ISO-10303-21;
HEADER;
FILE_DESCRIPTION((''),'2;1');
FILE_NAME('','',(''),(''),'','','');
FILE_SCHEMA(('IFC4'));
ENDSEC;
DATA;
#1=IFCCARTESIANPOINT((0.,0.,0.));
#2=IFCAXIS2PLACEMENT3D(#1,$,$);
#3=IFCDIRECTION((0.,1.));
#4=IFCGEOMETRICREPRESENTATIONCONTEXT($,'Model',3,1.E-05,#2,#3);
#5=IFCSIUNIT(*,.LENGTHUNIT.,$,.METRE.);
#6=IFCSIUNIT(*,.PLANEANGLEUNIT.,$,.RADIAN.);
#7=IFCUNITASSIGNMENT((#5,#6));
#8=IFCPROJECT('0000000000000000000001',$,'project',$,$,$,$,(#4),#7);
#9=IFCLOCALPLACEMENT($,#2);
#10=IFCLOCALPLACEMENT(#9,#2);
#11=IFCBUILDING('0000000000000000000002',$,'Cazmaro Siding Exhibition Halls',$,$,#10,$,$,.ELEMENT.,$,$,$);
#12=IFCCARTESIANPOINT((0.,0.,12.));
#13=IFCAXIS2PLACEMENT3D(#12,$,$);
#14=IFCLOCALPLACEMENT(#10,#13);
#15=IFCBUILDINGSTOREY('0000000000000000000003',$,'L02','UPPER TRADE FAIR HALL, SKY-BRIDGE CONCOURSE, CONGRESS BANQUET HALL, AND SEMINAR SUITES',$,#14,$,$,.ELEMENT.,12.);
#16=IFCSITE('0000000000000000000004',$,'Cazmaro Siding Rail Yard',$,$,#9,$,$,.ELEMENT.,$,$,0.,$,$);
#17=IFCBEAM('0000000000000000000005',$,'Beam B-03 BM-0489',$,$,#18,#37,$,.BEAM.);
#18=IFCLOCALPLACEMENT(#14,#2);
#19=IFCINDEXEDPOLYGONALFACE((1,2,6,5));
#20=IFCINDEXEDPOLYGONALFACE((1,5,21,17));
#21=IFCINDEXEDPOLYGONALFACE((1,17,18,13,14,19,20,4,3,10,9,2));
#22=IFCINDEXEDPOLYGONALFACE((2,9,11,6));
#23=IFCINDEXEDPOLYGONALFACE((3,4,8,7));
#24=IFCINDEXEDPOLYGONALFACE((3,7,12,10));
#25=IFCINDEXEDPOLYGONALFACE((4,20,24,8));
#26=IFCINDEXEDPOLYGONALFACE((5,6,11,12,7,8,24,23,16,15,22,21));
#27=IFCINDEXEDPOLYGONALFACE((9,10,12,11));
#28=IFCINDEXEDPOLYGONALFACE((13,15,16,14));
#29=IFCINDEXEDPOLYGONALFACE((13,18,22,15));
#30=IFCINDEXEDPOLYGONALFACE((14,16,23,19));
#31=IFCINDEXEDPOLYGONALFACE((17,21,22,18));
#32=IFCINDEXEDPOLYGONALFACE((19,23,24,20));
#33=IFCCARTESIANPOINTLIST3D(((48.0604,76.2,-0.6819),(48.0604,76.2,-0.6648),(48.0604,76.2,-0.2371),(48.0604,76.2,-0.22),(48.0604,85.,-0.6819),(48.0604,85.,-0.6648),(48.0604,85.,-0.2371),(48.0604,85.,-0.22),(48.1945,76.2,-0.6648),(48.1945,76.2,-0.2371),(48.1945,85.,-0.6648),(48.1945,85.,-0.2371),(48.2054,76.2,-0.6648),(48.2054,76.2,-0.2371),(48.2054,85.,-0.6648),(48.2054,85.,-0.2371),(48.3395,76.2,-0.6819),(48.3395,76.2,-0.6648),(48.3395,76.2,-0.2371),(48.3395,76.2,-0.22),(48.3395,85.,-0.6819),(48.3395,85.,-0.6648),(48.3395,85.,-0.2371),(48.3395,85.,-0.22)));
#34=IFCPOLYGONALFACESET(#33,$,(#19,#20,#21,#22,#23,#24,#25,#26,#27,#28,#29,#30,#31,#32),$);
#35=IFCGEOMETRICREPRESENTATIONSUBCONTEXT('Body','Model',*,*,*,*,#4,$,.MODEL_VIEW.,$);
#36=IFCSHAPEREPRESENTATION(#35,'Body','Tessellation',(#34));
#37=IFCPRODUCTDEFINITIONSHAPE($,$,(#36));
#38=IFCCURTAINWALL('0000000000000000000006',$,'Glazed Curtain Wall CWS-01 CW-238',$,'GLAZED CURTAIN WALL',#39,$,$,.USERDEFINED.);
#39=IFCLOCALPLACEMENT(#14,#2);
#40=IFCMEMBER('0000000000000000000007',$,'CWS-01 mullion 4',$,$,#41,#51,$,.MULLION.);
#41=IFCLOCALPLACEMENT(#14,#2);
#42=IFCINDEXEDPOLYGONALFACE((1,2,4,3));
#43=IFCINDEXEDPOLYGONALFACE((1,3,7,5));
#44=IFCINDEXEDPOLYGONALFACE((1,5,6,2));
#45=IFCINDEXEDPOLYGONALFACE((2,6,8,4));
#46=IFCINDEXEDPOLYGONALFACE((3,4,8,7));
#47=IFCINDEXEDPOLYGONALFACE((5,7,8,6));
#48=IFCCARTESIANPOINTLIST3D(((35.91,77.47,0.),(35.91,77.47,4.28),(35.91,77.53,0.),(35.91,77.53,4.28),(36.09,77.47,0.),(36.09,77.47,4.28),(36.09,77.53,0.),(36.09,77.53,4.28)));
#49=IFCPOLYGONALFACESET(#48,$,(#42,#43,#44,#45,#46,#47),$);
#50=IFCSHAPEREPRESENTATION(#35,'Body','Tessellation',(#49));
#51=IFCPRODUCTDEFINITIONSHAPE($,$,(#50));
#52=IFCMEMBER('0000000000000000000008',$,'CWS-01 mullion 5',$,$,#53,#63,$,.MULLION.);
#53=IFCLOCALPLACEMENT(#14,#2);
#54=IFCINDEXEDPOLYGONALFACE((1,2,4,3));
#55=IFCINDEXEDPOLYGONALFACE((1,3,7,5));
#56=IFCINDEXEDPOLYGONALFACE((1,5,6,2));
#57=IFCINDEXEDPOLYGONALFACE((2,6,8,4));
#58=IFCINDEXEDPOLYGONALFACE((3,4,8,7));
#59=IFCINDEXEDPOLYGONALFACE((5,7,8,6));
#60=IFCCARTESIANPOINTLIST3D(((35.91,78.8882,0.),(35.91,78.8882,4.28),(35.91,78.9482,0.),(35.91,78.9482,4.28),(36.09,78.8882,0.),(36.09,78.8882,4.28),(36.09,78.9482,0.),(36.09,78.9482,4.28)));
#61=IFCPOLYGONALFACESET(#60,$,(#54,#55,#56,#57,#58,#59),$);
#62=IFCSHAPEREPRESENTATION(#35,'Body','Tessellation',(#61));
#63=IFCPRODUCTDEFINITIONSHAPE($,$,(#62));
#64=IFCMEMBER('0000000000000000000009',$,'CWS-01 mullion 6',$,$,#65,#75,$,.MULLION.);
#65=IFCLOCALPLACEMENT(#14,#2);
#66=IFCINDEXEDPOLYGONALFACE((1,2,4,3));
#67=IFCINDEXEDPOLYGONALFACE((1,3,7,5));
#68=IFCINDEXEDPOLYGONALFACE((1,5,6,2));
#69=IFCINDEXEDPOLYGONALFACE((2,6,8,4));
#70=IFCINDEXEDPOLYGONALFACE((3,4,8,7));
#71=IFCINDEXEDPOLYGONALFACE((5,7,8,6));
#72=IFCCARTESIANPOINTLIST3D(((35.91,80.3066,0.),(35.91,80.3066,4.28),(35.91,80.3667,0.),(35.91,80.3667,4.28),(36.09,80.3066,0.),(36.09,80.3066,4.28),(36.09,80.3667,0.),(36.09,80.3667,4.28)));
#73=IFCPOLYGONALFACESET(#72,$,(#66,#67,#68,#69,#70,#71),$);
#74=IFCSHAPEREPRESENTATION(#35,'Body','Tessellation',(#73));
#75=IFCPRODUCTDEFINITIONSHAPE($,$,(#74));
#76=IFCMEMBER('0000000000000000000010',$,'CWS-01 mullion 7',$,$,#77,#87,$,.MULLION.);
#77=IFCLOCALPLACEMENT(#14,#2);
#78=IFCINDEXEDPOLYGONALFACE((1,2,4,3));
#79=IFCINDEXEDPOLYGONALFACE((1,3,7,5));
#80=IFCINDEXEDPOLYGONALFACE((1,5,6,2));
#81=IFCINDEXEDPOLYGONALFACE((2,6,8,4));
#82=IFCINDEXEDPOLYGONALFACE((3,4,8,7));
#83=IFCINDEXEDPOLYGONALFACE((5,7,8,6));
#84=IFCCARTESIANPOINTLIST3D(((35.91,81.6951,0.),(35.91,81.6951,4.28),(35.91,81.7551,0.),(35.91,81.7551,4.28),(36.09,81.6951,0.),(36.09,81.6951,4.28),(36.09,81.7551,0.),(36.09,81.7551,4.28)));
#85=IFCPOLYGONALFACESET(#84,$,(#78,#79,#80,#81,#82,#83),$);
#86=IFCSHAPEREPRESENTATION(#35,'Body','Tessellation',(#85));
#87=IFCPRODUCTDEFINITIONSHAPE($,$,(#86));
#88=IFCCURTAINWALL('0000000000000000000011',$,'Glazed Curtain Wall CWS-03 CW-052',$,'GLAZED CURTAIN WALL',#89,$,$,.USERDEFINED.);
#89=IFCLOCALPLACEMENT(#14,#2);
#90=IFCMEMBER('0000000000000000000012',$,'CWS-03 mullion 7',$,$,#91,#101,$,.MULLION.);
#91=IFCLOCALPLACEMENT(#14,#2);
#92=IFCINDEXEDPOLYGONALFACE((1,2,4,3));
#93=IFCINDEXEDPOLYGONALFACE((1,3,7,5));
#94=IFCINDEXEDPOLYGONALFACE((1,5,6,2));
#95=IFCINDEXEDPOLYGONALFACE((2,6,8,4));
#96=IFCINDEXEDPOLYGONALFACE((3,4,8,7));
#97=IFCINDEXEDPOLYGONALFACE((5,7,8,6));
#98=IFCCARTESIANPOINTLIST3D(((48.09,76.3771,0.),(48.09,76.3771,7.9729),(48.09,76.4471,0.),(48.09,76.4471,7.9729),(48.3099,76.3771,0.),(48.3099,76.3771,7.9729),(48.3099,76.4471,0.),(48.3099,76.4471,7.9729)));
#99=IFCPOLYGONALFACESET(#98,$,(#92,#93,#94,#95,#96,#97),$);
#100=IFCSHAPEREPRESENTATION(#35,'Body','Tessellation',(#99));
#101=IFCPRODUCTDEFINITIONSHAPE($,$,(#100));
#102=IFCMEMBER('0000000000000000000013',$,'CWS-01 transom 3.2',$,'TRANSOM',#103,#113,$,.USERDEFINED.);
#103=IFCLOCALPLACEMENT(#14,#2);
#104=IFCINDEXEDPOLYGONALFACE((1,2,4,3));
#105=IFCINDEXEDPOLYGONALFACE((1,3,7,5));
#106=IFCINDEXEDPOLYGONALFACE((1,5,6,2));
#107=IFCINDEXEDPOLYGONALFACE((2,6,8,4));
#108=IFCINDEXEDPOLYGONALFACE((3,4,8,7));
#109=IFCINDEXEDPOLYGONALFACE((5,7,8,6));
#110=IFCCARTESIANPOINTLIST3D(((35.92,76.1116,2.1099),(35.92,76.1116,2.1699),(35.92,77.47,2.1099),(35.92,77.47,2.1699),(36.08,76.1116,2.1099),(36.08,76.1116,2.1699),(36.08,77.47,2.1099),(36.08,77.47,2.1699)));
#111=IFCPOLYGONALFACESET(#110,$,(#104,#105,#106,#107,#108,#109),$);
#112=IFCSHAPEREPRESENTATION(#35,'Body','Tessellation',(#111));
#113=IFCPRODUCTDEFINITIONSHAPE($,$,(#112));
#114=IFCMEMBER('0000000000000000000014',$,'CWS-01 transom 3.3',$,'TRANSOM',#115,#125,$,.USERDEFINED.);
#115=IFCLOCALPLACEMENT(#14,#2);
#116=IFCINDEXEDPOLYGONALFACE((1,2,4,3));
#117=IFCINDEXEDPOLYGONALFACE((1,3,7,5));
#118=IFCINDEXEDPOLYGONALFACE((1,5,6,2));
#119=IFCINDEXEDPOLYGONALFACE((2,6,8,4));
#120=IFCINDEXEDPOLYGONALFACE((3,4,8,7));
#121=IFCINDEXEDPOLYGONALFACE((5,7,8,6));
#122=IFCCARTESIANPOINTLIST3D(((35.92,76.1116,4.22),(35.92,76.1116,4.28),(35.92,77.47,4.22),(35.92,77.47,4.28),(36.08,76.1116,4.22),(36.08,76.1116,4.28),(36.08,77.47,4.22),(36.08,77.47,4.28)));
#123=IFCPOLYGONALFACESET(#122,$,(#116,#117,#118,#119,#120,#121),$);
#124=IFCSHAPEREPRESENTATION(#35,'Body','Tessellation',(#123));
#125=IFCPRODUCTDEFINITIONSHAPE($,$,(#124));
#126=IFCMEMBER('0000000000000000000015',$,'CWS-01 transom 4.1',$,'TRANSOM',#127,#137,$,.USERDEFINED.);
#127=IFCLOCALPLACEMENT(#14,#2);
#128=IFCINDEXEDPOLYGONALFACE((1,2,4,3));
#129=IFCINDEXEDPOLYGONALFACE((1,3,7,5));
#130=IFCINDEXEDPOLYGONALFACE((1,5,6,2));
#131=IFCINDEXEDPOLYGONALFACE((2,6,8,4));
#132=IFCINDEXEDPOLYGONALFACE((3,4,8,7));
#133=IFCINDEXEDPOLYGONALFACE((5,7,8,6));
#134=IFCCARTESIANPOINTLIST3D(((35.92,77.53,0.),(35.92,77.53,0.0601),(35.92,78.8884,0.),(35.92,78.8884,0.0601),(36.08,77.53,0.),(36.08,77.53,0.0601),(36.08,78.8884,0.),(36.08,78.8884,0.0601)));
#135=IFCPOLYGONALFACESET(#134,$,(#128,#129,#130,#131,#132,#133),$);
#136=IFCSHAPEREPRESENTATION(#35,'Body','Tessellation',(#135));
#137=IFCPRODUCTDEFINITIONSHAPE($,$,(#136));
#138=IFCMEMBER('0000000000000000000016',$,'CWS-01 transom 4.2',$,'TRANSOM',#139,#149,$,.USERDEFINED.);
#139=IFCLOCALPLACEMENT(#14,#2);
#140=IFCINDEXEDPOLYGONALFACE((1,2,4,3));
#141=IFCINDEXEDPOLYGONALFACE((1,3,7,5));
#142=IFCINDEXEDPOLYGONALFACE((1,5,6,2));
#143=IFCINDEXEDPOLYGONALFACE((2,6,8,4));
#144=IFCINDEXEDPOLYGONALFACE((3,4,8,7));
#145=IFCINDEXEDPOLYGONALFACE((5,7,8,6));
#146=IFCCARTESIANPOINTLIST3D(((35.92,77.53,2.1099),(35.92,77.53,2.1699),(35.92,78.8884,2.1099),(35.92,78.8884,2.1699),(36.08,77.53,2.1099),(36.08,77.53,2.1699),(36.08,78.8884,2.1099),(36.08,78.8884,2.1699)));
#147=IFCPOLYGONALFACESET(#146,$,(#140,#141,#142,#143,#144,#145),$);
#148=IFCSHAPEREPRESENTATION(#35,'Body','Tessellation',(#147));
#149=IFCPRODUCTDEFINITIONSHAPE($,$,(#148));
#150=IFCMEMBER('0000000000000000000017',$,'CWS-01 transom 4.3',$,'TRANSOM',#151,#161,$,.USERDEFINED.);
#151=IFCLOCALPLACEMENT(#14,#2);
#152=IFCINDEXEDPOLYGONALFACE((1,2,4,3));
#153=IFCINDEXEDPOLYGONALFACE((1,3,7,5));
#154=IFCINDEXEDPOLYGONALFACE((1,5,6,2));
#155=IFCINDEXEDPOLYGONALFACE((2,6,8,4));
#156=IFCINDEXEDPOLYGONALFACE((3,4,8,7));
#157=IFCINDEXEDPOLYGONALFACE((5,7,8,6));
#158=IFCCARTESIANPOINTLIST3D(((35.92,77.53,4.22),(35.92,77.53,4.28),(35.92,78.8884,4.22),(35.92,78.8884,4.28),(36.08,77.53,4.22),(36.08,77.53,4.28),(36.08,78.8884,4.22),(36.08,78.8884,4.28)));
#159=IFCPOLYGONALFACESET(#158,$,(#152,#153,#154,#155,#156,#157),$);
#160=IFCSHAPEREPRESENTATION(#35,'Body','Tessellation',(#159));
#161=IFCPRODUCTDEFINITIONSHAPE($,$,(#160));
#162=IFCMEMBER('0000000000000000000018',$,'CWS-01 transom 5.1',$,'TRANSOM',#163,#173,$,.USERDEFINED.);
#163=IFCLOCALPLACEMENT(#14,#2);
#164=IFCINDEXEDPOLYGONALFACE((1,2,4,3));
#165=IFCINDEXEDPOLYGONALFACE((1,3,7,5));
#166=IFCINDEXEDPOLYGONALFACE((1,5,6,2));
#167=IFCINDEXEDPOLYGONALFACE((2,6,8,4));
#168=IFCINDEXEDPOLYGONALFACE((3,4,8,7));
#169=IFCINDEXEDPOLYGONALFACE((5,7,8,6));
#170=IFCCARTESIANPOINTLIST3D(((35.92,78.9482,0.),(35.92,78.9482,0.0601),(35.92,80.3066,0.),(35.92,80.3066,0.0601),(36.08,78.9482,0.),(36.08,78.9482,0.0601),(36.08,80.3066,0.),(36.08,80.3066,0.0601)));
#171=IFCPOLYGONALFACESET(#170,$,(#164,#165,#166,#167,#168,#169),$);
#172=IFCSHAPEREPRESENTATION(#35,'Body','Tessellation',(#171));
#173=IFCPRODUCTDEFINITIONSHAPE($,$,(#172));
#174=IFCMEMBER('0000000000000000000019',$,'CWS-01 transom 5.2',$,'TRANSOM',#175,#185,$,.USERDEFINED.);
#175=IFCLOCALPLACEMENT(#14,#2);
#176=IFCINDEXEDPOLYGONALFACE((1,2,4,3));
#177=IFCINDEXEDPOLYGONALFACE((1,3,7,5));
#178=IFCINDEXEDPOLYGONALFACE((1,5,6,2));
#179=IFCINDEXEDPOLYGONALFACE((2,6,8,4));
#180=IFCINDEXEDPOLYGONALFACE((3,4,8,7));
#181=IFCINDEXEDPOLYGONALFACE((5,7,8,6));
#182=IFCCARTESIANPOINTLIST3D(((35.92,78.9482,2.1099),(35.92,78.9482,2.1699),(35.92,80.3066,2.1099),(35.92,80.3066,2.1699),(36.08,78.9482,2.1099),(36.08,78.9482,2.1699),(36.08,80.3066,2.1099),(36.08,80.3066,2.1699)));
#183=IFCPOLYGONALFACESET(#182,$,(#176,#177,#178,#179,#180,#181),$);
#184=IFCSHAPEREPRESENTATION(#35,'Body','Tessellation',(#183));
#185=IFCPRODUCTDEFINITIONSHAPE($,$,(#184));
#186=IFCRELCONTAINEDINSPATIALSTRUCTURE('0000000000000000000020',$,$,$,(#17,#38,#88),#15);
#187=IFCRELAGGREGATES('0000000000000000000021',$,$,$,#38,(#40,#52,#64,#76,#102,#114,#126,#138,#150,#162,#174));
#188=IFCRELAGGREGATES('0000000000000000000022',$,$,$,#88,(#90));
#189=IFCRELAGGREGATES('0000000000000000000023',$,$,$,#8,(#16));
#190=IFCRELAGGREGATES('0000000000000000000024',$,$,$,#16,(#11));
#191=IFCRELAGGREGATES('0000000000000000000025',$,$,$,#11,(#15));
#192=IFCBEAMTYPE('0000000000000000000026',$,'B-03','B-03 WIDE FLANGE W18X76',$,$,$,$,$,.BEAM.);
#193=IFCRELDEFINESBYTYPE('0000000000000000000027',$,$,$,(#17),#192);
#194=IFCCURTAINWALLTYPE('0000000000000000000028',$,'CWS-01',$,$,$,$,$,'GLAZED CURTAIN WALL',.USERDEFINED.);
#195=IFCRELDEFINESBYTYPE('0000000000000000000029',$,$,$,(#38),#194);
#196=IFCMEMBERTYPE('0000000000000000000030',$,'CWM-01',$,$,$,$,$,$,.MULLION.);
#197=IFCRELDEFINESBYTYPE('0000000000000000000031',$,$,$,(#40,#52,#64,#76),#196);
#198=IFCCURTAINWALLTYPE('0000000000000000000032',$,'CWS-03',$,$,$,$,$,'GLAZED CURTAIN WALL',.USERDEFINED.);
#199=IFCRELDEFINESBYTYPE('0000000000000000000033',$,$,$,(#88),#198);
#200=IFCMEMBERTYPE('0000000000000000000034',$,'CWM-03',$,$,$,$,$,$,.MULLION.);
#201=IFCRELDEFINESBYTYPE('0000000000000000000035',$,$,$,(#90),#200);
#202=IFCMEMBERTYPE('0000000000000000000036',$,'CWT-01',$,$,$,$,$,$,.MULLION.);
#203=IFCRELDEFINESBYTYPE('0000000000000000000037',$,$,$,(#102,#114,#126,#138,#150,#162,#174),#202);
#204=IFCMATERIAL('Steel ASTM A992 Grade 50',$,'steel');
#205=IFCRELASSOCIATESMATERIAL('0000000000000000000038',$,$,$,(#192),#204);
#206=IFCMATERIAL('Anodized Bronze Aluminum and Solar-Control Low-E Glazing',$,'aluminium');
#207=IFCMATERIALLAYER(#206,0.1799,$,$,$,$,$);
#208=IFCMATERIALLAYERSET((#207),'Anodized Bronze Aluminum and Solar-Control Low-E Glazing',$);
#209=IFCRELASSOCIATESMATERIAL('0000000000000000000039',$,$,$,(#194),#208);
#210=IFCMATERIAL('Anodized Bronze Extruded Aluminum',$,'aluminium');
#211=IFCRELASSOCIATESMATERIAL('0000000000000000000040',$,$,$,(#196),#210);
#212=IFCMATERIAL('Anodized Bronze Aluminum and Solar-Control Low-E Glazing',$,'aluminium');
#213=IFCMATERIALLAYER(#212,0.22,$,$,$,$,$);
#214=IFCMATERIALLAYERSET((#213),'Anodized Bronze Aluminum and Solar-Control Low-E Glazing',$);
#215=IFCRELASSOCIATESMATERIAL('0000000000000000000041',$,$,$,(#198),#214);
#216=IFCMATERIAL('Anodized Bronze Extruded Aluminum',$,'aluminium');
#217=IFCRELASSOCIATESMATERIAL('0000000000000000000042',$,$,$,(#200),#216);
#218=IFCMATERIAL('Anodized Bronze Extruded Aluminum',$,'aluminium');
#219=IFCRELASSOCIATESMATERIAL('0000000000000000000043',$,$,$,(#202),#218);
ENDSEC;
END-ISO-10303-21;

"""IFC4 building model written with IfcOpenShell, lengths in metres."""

from ifc_helpers import new_model, si_unit, direction, frame, origin, origin_2d, place, context, subcontext, project, spatial, rectangle, i_section, extrude, material, layer, layer_set, material_profile, profile_set, type_object, element, aggregate, save


model = new_model("IFC4")

# Units and contexts
model_context = context("Model", 3, precision=1e-05, world=origin(), true_north=direction((0.0, 1.0)))
body_context = subcontext(model_context, "Body", "Model", "MODEL_VIEW")
ifc_project = project(units=[si_unit("LENGTHUNIT", "METRE"), si_unit("PLANEANGLEUNIT", "RADIAN")], contexts=[model_context])

# Site, building, storey
site_placement = place(None, origin())
site = spatial("IfcSite", under=ifc_project, at=site_placement, Name="Cazmaro Siding Rail Yard", CompositionType="ELEMENT", RefElevation=0.0)
building_placement = place(site_placement, origin())
building = spatial("IfcBuilding", under=site, at=building_placement, Name="Cazmaro Siding Exhibition Halls", CompositionType="ELEMENT")
storey_placement = place(building_placement, frame((0.0, 0.0, 12.0)))
storey = spatial("IfcBuildingStorey", under=building, at=storey_placement, Name="L02", Description="UPPER TRADE FAIR HALL, SKY-BRIDGE CONCOURSE, CONGRESS BANQUET HALL, AND SEMINAR SUITES", CompositionType="ELEMENT", Elevation=12.0)

# Beam
ifc_material_1 = material(Name="Steel ASTM A992 Grade 50", Category="steel")
ifc_material_profile_1 = material_profile(ifc_material_1, i_section(OverallWidth=0.2791, OverallDepth=0.4619, WebThickness=0.011, FlangeThickness=0.0171, at=origin_2d()), Name="W18X76")
ifc_profile_set_1 = profile_set([ifc_material_profile_1], Name="Steel ASTM A992 Grade 50")
beam_type_1 = type_object("IfcBeamType", Name="B-03", Description="B-03 WIDE FLANGE W18X76", PredefinedType="BEAM", material=ifc_profile_set_1)
beam_1_placement = place(storey_placement, frame((48.2, 76.2, -0.4509), z_axis=(0.0, 1.0, 0.0), x_axis=(-1.0, 0.0, 0.0)))
element("IfcBeam", 1, at=beam_1_placement, inside=storey, type_object=beam_type_1, Name="Beam B-03 BM-0489", PredefinedType="BEAM", context=body_context, shape_type="SweptSolid", body=[
    extrude(i_section(OverallWidth=0.2791, OverallDepth=0.4619, WebThickness=0.011, FlangeThickness=0.0171, at=origin_2d()), origin(), (0.0, 0.0, 1.0), 8.8),
])

# Curtain wall, members
ifc_material_2 = material(Name="Anodized Bronze Aluminum and Solar-Control Low-E Glazing", Category="aluminium")
ifc_layer_1 = layer(ifc_material_2, 0.1799)
ifc_layer_set_1 = layer_set([ifc_layer_1], Name="Anodized Bronze Aluminum and Solar-Control Low-E Glazing")
curtain_wall_type_1 = type_object("IfcCurtainWallType", Name="CWS-01", ElementType="GLAZED CURTAIN WALL", PredefinedType="USERDEFINED", material=ifc_layer_set_1)
curtain_wall_1_placement = place(storey_placement, origin())
curtain_wall_1 = element("IfcCurtainWall", 2, at=curtain_wall_1_placement, inside=storey, type_object=curtain_wall_type_1, Name="Glazed Curtain Wall CWS-01 CW-238", ObjectType="GLAZED CURTAIN WALL", PredefinedType="USERDEFINED")
ifc_material_3 = material(Name="Anodized Bronze Extruded Aluminum", Category="aluminium")
ifc_material_profile_2 = material_profile(ifc_material_3, rectangle(XDim=0.1799, YDim=0.0601, at=origin_2d()), Name="CWM-01")
ifc_profile_set_2 = profile_set([ifc_material_profile_2], Name="Anodized Bronze Extruded Aluminum")
member_type_1 = type_object("IfcMemberType", Name="CWM-01", PredefinedType="MULLION", material=ifc_profile_set_2)
member_1_placement = place(storey_placement, frame((36.0, 77.5, 0.0), z_axis=(0.0, 0.0, 1.0), x_axis=(-1.0, 0.0, 0.0)))
member_1 = element("IfcMember", 3, at=member_1_placement, type_object=member_type_1, Name="CWS-01 mullion 4", PredefinedType="MULLION", context=body_context, shape_type="SweptSolid", body=[
    extrude(rectangle(XDim=0.1799, YDim=0.0601, at=origin_2d()), origin(), (0.0, 0.0, 1.0), 4.28),
])
member_2_placement = place(storey_placement, frame((36.0, 78.9182, 0.0), z_axis=(0.0, 0.0, 1.0), x_axis=(-1.0, 0.0, 0.0)))
member_2 = element("IfcMember", 4, at=member_2_placement, type_object=member_type_1, Name="CWS-01 mullion 5", PredefinedType="MULLION", context=body_context, shape_type="SweptSolid", body=[
    extrude(rectangle(XDim=0.1799, YDim=0.0601, at=origin_2d()), origin(), (0.0, 0.0, 1.0), 4.28),
])
member_3_placement = place(storey_placement, frame((36.0, 80.3367, 0.0), z_axis=(0.0, 0.0, 1.0), x_axis=(-1.0, 0.0, 0.0)))
member_3 = element("IfcMember", 5, at=member_3_placement, type_object=member_type_1, Name="CWS-01 mullion 6", PredefinedType="MULLION", context=body_context, shape_type="SweptSolid", body=[
    extrude(rectangle(XDim=0.1799, YDim=0.0601, at=origin_2d()), origin(), (0.0, 0.0, 1.0), 4.28),
])
member_4_placement = place(storey_placement, frame((36.0, 81.7251, 0.0), z_axis=(0.0, 0.0, 1.0), x_axis=(-1.0, 0.0, 0.0)))
member_4 = element("IfcMember", 6, at=member_4_placement, type_object=member_type_1, Name="CWS-01 mullion 7", PredefinedType="MULLION", context=body_context, shape_type="SweptSolid", body=[
    extrude(rectangle(XDim=0.1799, YDim=0.0601, at=origin_2d()), origin(), (0.0, 0.0, 1.0), 4.28),
])

# Curtain wall, member
ifc_material_4 = material(Name="Anodized Bronze Aluminum and Solar-Control Low-E Glazing", Category="aluminium")
ifc_layer_2 = layer(ifc_material_4, 0.22)
ifc_layer_set_2 = layer_set([ifc_layer_2], Name="Anodized Bronze Aluminum and Solar-Control Low-E Glazing")
curtain_wall_type_2 = type_object("IfcCurtainWallType", Name="CWS-03", ElementType="GLAZED CURTAIN WALL", PredefinedType="USERDEFINED", material=ifc_layer_set_2)
curtain_wall_2_placement = place(storey_placement, origin())
curtain_wall_2 = element("IfcCurtainWall", 7, at=curtain_wall_2_placement, inside=storey, type_object=curtain_wall_type_2, Name="Glazed Curtain Wall CWS-03 CW-052", ObjectType="GLAZED CURTAIN WALL", PredefinedType="USERDEFINED")
ifc_material_5 = material(Name="Anodized Bronze Extruded Aluminum", Category="aluminium")
ifc_material_profile_3 = material_profile(ifc_material_5, rectangle(XDim=0.22, YDim=0.0701, at=origin_2d()), Name="CWM-03")
ifc_profile_set_3 = profile_set([ifc_material_profile_3], Name="Anodized Bronze Extruded Aluminum")
member_type_2 = type_object("IfcMemberType", Name="CWM-03", PredefinedType="MULLION", material=ifc_profile_set_3)
member_5_placement = place(storey_placement, frame((48.2, 76.4121, 0.0), z_axis=(0.0, 0.0, 1.0), x_axis=(1.0, 0.0, 0.0)))
member_5 = element("IfcMember", 8, at=member_5_placement, type_object=member_type_2, Name="CWS-03 mullion 7", PredefinedType="MULLION", context=body_context, shape_type="SweptSolid", body=[
    extrude(rectangle(XDim=0.22, YDim=0.0701, at=origin_2d()), origin(), (0.0, 0.0, 1.0), 7.9729),
])

# Members
ifc_material_6 = material(Name="Anodized Bronze Extruded Aluminum", Category="aluminium")
ifc_material_profile_4 = material_profile(ifc_material_6, rectangle(XDim=0.1599, YDim=0.0601, at=origin_2d()), Name="CWT-01")
ifc_profile_set_4 = profile_set([ifc_material_profile_4], Name="Anodized Bronze Extruded Aluminum")
member_type_3 = type_object("IfcMemberType", Name="CWT-01", PredefinedType="MULLION", material=ifc_profile_set_4)
member_6_placement = place(storey_placement, frame((36.0, 76.1116, 2.1399), z_axis=(0.0, 1.0, 0.0), x_axis=(-1.0, 0.0, 0.0)))
member_6 = element("IfcMember", 9, at=member_6_placement, type_object=member_type_3, Name="CWS-01 transom 3.2", ObjectType="TRANSOM", PredefinedType="USERDEFINED", context=body_context, shape_type="SweptSolid", body=[
    extrude(rectangle(XDim=0.1599, YDim=0.0601, at=origin_2d()), origin(), (0.0, 0.0, 1.0), 1.3584),
])
member_7_placement = place(storey_placement, frame((36.0, 76.1116, 4.25), z_axis=(0.0, 1.0, 0.0), x_axis=(-1.0, 0.0, 0.0)))
member_7 = element("IfcMember", 10, at=member_7_placement, type_object=member_type_3, Name="CWS-01 transom 3.3", ObjectType="TRANSOM", PredefinedType="USERDEFINED", context=body_context, shape_type="SweptSolid", body=[
    extrude(rectangle(XDim=0.1599, YDim=0.0601, at=origin_2d()), origin(), (0.0, 0.0, 1.0), 1.3584),
])
member_8_placement = place(storey_placement, frame((36.0, 77.53, 0.03), z_axis=(0.0, 1.0, 0.0), x_axis=(-1.0, 0.0, 0.0)))
member_8 = element("IfcMember", 11, at=member_8_placement, type_object=member_type_3, Name="CWS-01 transom 4.1", ObjectType="TRANSOM", PredefinedType="USERDEFINED", context=body_context, shape_type="SweptSolid", body=[
    extrude(rectangle(XDim=0.1599, YDim=0.0601, at=origin_2d()), origin(), (0.0, 0.0, 1.0), 1.3584),
])
member_9_placement = place(storey_placement, frame((36.0, 77.53, 2.1399), z_axis=(0.0, 1.0, 0.0), x_axis=(-1.0, 0.0, 0.0)))
member_9 = element("IfcMember", 12, at=member_9_placement, type_object=member_type_3, Name="CWS-01 transom 4.2", ObjectType="TRANSOM", PredefinedType="USERDEFINED", context=body_context, shape_type="SweptSolid", body=[
    extrude(rectangle(XDim=0.1599, YDim=0.0601, at=origin_2d()), origin(), (0.0, 0.0, 1.0), 1.3584),
])
member_10_placement = place(storey_placement, frame((36.0, 77.53, 4.25), z_axis=(0.0, 1.0, 0.0), x_axis=(-1.0, 0.0, 0.0)))
member_10 = element("IfcMember", 13, at=member_10_placement, type_object=member_type_3, Name="CWS-01 transom 4.3", ObjectType="TRANSOM", PredefinedType="USERDEFINED", context=body_context, shape_type="SweptSolid", body=[
    extrude(rectangle(XDim=0.1599, YDim=0.0601, at=origin_2d()), origin(), (0.0, 0.0, 1.0), 1.3584),
])
member_11_placement = place(storey_placement, frame((36.0, 78.9482, 0.03), z_axis=(0.0, 1.0, 0.0), x_axis=(-1.0, 0.0, 0.0)))
member_11 = element("IfcMember", 14, at=member_11_placement, type_object=member_type_3, Name="CWS-01 transom 5.1", ObjectType="TRANSOM", PredefinedType="USERDEFINED", context=body_context, shape_type="SweptSolid", body=[
    extrude(rectangle(XDim=0.1599, YDim=0.0601, at=origin_2d()), origin(), (0.0, 0.0, 1.0), 1.3584),
])
member_12_placement = place(storey_placement, frame((36.0, 78.9482, 2.1399), z_axis=(0.0, 1.0, 0.0), x_axis=(-1.0, 0.0, 0.0)))
member_12 = element("IfcMember", 15, at=member_12_placement, type_object=member_type_3, Name="CWS-01 transom 5.2", ObjectType="TRANSOM", PredefinedType="USERDEFINED", context=body_context, shape_type="SweptSolid", body=[
    extrude(rectangle(XDim=0.1599, YDim=0.0601, at=origin_2d()), origin(), (0.0, 0.0, 1.0), 1.3584),
])

aggregate(curtain_wall_1, [member_1, member_2, member_3, member_4, member_6, member_7, member_8, member_9, member_10, member_11, member_12])
aggregate(curtain_wall_2, [member_5])

save(model, "model.ifc")
